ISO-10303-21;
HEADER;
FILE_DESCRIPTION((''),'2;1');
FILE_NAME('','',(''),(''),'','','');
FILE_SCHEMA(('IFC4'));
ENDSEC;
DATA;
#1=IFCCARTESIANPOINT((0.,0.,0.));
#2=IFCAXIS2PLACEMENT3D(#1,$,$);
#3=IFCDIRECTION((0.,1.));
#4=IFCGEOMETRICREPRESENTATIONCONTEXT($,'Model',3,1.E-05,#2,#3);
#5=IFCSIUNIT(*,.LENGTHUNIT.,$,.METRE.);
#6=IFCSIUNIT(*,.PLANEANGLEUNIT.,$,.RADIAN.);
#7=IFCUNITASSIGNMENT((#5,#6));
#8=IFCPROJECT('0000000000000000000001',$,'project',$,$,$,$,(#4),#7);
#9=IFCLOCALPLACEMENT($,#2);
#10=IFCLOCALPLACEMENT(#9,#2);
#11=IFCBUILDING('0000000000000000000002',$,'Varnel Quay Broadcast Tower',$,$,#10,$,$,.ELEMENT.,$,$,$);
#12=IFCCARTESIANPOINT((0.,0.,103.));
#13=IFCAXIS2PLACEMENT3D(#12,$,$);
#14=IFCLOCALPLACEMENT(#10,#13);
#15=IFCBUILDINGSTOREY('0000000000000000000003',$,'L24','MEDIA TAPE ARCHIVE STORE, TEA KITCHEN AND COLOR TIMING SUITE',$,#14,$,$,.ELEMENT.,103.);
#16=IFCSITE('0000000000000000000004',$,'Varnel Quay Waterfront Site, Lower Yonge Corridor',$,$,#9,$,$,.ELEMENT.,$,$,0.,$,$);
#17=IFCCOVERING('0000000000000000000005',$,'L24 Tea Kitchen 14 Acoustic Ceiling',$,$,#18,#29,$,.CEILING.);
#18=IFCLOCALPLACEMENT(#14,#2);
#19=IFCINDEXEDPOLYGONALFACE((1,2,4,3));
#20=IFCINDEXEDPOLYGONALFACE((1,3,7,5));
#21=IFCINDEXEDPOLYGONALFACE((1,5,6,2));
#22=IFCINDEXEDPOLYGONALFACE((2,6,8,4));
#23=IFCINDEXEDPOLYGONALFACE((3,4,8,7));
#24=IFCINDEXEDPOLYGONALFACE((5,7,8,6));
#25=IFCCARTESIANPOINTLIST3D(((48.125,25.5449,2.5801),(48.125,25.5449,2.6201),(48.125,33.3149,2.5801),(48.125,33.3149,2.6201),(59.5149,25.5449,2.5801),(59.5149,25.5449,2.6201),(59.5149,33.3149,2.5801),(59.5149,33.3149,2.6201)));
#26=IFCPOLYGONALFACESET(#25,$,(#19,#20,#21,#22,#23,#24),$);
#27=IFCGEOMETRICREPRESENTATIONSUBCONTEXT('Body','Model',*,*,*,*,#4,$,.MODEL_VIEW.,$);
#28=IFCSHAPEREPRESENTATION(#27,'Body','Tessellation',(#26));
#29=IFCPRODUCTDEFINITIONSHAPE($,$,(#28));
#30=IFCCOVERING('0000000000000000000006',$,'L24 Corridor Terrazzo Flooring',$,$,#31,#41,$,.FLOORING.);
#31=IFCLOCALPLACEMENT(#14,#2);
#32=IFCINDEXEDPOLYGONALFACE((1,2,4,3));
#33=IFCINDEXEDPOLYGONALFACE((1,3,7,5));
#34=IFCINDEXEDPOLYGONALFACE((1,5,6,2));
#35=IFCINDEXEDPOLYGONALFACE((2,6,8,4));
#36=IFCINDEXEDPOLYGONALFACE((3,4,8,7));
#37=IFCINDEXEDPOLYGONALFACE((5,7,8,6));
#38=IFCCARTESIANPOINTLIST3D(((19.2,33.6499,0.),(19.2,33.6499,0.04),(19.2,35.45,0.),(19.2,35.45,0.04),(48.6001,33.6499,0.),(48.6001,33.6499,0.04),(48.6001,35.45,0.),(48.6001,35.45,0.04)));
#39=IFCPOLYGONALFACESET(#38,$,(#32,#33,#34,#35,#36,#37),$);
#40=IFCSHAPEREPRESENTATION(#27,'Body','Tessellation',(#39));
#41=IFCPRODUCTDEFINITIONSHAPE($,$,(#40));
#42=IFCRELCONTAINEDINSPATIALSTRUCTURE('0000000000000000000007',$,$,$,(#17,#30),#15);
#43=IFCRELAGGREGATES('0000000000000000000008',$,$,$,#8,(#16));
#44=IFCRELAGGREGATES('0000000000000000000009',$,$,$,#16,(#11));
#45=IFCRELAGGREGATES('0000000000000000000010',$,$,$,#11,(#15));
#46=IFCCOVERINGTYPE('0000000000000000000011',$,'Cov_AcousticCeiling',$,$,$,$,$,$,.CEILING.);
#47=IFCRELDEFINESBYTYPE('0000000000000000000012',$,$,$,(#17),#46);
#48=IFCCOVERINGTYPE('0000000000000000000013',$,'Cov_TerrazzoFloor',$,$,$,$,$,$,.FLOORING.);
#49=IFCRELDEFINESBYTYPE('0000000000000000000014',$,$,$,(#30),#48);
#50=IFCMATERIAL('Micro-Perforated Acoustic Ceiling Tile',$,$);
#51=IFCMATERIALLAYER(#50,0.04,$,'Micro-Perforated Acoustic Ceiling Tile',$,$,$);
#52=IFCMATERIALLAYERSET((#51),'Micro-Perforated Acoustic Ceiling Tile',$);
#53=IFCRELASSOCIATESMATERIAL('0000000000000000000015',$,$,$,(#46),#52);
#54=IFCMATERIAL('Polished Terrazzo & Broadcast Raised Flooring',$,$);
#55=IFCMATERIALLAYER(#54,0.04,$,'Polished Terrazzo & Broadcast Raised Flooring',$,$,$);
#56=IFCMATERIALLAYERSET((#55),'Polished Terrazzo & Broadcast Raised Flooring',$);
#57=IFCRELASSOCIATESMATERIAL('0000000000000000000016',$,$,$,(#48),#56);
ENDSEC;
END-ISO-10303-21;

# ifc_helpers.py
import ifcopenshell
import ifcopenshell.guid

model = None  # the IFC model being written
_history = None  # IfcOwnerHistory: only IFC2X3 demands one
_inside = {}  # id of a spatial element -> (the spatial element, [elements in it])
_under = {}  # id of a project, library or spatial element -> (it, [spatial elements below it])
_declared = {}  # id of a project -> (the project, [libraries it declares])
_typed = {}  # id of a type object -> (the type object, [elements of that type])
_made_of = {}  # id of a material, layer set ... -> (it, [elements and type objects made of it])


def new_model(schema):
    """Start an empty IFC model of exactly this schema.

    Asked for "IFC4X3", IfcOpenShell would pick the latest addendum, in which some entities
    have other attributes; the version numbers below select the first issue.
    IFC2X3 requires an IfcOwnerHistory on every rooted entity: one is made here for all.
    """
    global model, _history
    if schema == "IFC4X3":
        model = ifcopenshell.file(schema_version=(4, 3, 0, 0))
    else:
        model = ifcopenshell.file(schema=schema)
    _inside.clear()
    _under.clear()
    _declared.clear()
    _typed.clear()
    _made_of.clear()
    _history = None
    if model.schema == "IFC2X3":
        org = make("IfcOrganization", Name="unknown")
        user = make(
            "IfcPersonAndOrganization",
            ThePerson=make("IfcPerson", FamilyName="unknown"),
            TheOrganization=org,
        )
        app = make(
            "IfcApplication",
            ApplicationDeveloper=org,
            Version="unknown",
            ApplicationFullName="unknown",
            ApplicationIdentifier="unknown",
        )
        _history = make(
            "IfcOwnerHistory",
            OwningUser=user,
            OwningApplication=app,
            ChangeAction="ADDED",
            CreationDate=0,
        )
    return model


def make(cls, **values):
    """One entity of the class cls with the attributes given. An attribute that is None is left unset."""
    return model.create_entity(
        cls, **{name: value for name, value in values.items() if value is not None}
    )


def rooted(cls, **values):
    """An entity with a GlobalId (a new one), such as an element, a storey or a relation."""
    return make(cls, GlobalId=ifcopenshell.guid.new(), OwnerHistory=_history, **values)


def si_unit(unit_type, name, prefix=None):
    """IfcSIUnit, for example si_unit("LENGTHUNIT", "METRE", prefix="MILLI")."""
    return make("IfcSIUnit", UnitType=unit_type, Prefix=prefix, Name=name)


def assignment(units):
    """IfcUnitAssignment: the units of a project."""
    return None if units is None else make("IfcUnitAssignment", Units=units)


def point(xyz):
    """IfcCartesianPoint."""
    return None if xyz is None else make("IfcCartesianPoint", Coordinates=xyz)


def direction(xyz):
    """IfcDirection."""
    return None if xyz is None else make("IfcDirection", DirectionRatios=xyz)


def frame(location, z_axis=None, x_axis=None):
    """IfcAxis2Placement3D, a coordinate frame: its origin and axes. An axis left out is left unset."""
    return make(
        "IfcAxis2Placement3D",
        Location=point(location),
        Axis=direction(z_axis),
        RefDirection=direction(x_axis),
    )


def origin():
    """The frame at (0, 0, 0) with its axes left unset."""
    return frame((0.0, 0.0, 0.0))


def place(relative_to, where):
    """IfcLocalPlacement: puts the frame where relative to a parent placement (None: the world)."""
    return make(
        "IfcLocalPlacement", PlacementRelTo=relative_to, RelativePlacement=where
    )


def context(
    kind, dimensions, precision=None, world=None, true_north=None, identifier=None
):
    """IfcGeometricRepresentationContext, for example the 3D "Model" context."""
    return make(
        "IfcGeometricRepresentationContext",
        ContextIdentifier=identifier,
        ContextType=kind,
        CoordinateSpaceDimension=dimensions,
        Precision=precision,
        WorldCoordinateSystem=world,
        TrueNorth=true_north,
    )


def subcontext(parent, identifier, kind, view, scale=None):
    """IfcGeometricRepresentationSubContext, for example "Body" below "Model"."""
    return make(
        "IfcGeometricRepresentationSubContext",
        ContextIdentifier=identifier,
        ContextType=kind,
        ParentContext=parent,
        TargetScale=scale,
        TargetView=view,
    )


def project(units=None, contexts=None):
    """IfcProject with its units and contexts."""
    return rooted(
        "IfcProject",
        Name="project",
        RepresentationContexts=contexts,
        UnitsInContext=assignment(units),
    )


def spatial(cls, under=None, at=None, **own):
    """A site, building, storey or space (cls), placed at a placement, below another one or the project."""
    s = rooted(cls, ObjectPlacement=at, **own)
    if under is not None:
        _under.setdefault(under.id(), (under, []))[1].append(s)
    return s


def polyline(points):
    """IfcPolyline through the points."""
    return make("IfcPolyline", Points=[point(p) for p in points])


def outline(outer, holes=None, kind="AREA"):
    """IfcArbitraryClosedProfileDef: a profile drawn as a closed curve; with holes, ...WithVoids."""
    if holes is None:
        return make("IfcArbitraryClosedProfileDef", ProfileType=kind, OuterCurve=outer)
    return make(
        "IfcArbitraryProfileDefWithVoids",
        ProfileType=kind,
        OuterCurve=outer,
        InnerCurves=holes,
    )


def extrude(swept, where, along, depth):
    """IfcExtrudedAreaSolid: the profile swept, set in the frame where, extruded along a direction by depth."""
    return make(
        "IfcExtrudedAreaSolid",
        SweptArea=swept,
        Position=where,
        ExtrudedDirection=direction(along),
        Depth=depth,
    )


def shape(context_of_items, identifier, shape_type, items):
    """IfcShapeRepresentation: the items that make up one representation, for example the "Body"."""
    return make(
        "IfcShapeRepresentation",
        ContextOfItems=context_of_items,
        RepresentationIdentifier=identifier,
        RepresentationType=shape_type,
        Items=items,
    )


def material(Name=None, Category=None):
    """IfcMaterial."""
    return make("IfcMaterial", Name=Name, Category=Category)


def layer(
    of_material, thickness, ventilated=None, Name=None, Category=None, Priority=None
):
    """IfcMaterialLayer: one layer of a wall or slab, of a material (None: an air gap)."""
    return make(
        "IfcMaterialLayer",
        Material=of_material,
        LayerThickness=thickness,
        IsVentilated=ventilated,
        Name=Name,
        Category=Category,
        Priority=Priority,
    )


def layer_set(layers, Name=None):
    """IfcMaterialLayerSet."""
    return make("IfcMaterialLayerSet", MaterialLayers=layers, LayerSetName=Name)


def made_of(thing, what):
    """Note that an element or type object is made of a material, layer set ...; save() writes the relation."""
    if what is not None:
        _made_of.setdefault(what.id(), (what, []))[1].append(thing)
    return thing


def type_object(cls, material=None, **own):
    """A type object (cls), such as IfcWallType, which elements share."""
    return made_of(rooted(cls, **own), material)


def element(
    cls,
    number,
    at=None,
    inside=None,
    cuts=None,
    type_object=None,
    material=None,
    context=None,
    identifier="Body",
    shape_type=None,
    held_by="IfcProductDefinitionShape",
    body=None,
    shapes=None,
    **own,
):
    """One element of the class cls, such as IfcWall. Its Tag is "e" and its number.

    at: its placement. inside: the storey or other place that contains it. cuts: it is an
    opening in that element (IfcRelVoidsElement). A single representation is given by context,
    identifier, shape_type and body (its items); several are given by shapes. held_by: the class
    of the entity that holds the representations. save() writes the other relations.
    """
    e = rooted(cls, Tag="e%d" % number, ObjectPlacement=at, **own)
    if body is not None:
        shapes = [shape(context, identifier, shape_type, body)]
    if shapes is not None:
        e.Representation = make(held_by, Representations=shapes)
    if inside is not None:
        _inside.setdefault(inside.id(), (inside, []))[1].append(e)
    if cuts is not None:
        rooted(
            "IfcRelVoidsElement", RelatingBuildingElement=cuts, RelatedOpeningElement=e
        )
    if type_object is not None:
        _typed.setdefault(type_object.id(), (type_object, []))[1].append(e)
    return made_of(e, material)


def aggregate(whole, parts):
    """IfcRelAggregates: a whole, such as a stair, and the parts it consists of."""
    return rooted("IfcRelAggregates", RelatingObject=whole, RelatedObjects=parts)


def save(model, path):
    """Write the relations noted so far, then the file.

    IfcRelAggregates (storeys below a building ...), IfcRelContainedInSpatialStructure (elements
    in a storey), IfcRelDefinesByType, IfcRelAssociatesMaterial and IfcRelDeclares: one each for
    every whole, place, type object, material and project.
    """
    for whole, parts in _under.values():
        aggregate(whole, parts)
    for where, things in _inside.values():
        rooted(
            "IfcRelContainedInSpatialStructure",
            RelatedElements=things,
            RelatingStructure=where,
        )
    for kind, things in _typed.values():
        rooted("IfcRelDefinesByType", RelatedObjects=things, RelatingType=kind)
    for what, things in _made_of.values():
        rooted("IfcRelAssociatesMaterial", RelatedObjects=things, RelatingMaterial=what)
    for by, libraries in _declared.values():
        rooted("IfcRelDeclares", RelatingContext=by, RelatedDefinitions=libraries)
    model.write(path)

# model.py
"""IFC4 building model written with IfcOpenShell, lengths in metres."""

from ifc_helpers import new_model, si_unit, direction, frame, origin, place, context, subcontext, project, spatial, polyline, outline, extrude, material, layer, layer_set, type_object, element, save


model = new_model("IFC4")

# Units and contexts
model_context = context("Model", 3, precision=1e-05, world=origin(), true_north=direction((0.0, 1.0)))
body_context = subcontext(model_context, "Body", "Model", "MODEL_VIEW")
ifc_project = project(units=[si_unit("LENGTHUNIT", "METRE"), si_unit("PLANEANGLEUNIT", "RADIAN")], contexts=[model_context])

# Site, building, storey
site_placement = place(None, origin())
site = spatial("IfcSite", under=ifc_project, at=site_placement, Name="Varnel Quay Waterfront Site, Lower Yonge Corridor", CompositionType="ELEMENT", RefElevation=0.0)
building_placement = place(site_placement, origin())
building = spatial("IfcBuilding", under=site, at=building_placement, Name="Varnel Quay Broadcast Tower", CompositionType="ELEMENT")
storey_placement = place(building_placement, frame((0.0, 0.0, 103.0)))
storey = spatial("IfcBuildingStorey", under=building, at=storey_placement, Name="L24", Description="MEDIA TAPE ARCHIVE STORE, TEA KITCHEN AND COLOR TIMING SUITE", CompositionType="ELEMENT", Elevation=103.0)

# Coverings
ifc_material_1 = material(Name="Micro-Perforated Acoustic Ceiling Tile")
ifc_layer_1 = layer(ifc_material_1, 0.04, Name="Micro-Perforated Acoustic Ceiling Tile")
ifc_layer_set_1 = layer_set([ifc_layer_1], Name="Micro-Perforated Acoustic Ceiling Tile")
covering_type_1 = type_object("IfcCoveringType", Name="Cov_AcousticCeiling", PredefinedType="CEILING", material=ifc_layer_set_1)
covering_1_placement = place(storey_placement, frame((0.0, 0.0, 2.5801)))
element("IfcCovering", 1, at=covering_1_placement, inside=storey, type_object=covering_type_1, Name="L24 Tea Kitchen 14 Acoustic Ceiling", PredefinedType="CEILING", context=body_context, shape_type="SweptSolid", body=[
    extrude(outline(polyline([(48.125, 25.5449), (59.5149, 25.5449), (59.5149, 33.3149), (48.125, 33.3149), (48.125, 25.5449)])), origin(), (0.0, 0.0, 1.0), 0.04),
])
ifc_material_2 = material(Name="Polished Terrazzo & Broadcast Raised Flooring")
ifc_layer_2 = layer(ifc_material_2, 0.04, Name="Polished Terrazzo & Broadcast Raised Flooring")
ifc_layer_set_2 = layer_set([ifc_layer_2], Name="Polished Terrazzo & Broadcast Raised Flooring")
covering_type_2 = type_object("IfcCoveringType", Name="Cov_TerrazzoFloor", PredefinedType="FLOORING", material=ifc_layer_set_2)
covering_2_placement = place(storey_placement, origin())
element("IfcCovering", 2, at=covering_2_placement, inside=storey, type_object=covering_type_2, Name="L24 Corridor Terrazzo Flooring", PredefinedType="FLOORING", context=body_context, shape_type="SweptSolid", body=[
    extrude(outline(polyline([(19.2, 33.6499), (48.6001, 33.6499), (48.6001, 35.45), (19.2, 35.45), (19.2, 33.6499)])), origin(), (0.0, 0.0, 1.0), 0.04),
])

save(model, "model.ifc")
